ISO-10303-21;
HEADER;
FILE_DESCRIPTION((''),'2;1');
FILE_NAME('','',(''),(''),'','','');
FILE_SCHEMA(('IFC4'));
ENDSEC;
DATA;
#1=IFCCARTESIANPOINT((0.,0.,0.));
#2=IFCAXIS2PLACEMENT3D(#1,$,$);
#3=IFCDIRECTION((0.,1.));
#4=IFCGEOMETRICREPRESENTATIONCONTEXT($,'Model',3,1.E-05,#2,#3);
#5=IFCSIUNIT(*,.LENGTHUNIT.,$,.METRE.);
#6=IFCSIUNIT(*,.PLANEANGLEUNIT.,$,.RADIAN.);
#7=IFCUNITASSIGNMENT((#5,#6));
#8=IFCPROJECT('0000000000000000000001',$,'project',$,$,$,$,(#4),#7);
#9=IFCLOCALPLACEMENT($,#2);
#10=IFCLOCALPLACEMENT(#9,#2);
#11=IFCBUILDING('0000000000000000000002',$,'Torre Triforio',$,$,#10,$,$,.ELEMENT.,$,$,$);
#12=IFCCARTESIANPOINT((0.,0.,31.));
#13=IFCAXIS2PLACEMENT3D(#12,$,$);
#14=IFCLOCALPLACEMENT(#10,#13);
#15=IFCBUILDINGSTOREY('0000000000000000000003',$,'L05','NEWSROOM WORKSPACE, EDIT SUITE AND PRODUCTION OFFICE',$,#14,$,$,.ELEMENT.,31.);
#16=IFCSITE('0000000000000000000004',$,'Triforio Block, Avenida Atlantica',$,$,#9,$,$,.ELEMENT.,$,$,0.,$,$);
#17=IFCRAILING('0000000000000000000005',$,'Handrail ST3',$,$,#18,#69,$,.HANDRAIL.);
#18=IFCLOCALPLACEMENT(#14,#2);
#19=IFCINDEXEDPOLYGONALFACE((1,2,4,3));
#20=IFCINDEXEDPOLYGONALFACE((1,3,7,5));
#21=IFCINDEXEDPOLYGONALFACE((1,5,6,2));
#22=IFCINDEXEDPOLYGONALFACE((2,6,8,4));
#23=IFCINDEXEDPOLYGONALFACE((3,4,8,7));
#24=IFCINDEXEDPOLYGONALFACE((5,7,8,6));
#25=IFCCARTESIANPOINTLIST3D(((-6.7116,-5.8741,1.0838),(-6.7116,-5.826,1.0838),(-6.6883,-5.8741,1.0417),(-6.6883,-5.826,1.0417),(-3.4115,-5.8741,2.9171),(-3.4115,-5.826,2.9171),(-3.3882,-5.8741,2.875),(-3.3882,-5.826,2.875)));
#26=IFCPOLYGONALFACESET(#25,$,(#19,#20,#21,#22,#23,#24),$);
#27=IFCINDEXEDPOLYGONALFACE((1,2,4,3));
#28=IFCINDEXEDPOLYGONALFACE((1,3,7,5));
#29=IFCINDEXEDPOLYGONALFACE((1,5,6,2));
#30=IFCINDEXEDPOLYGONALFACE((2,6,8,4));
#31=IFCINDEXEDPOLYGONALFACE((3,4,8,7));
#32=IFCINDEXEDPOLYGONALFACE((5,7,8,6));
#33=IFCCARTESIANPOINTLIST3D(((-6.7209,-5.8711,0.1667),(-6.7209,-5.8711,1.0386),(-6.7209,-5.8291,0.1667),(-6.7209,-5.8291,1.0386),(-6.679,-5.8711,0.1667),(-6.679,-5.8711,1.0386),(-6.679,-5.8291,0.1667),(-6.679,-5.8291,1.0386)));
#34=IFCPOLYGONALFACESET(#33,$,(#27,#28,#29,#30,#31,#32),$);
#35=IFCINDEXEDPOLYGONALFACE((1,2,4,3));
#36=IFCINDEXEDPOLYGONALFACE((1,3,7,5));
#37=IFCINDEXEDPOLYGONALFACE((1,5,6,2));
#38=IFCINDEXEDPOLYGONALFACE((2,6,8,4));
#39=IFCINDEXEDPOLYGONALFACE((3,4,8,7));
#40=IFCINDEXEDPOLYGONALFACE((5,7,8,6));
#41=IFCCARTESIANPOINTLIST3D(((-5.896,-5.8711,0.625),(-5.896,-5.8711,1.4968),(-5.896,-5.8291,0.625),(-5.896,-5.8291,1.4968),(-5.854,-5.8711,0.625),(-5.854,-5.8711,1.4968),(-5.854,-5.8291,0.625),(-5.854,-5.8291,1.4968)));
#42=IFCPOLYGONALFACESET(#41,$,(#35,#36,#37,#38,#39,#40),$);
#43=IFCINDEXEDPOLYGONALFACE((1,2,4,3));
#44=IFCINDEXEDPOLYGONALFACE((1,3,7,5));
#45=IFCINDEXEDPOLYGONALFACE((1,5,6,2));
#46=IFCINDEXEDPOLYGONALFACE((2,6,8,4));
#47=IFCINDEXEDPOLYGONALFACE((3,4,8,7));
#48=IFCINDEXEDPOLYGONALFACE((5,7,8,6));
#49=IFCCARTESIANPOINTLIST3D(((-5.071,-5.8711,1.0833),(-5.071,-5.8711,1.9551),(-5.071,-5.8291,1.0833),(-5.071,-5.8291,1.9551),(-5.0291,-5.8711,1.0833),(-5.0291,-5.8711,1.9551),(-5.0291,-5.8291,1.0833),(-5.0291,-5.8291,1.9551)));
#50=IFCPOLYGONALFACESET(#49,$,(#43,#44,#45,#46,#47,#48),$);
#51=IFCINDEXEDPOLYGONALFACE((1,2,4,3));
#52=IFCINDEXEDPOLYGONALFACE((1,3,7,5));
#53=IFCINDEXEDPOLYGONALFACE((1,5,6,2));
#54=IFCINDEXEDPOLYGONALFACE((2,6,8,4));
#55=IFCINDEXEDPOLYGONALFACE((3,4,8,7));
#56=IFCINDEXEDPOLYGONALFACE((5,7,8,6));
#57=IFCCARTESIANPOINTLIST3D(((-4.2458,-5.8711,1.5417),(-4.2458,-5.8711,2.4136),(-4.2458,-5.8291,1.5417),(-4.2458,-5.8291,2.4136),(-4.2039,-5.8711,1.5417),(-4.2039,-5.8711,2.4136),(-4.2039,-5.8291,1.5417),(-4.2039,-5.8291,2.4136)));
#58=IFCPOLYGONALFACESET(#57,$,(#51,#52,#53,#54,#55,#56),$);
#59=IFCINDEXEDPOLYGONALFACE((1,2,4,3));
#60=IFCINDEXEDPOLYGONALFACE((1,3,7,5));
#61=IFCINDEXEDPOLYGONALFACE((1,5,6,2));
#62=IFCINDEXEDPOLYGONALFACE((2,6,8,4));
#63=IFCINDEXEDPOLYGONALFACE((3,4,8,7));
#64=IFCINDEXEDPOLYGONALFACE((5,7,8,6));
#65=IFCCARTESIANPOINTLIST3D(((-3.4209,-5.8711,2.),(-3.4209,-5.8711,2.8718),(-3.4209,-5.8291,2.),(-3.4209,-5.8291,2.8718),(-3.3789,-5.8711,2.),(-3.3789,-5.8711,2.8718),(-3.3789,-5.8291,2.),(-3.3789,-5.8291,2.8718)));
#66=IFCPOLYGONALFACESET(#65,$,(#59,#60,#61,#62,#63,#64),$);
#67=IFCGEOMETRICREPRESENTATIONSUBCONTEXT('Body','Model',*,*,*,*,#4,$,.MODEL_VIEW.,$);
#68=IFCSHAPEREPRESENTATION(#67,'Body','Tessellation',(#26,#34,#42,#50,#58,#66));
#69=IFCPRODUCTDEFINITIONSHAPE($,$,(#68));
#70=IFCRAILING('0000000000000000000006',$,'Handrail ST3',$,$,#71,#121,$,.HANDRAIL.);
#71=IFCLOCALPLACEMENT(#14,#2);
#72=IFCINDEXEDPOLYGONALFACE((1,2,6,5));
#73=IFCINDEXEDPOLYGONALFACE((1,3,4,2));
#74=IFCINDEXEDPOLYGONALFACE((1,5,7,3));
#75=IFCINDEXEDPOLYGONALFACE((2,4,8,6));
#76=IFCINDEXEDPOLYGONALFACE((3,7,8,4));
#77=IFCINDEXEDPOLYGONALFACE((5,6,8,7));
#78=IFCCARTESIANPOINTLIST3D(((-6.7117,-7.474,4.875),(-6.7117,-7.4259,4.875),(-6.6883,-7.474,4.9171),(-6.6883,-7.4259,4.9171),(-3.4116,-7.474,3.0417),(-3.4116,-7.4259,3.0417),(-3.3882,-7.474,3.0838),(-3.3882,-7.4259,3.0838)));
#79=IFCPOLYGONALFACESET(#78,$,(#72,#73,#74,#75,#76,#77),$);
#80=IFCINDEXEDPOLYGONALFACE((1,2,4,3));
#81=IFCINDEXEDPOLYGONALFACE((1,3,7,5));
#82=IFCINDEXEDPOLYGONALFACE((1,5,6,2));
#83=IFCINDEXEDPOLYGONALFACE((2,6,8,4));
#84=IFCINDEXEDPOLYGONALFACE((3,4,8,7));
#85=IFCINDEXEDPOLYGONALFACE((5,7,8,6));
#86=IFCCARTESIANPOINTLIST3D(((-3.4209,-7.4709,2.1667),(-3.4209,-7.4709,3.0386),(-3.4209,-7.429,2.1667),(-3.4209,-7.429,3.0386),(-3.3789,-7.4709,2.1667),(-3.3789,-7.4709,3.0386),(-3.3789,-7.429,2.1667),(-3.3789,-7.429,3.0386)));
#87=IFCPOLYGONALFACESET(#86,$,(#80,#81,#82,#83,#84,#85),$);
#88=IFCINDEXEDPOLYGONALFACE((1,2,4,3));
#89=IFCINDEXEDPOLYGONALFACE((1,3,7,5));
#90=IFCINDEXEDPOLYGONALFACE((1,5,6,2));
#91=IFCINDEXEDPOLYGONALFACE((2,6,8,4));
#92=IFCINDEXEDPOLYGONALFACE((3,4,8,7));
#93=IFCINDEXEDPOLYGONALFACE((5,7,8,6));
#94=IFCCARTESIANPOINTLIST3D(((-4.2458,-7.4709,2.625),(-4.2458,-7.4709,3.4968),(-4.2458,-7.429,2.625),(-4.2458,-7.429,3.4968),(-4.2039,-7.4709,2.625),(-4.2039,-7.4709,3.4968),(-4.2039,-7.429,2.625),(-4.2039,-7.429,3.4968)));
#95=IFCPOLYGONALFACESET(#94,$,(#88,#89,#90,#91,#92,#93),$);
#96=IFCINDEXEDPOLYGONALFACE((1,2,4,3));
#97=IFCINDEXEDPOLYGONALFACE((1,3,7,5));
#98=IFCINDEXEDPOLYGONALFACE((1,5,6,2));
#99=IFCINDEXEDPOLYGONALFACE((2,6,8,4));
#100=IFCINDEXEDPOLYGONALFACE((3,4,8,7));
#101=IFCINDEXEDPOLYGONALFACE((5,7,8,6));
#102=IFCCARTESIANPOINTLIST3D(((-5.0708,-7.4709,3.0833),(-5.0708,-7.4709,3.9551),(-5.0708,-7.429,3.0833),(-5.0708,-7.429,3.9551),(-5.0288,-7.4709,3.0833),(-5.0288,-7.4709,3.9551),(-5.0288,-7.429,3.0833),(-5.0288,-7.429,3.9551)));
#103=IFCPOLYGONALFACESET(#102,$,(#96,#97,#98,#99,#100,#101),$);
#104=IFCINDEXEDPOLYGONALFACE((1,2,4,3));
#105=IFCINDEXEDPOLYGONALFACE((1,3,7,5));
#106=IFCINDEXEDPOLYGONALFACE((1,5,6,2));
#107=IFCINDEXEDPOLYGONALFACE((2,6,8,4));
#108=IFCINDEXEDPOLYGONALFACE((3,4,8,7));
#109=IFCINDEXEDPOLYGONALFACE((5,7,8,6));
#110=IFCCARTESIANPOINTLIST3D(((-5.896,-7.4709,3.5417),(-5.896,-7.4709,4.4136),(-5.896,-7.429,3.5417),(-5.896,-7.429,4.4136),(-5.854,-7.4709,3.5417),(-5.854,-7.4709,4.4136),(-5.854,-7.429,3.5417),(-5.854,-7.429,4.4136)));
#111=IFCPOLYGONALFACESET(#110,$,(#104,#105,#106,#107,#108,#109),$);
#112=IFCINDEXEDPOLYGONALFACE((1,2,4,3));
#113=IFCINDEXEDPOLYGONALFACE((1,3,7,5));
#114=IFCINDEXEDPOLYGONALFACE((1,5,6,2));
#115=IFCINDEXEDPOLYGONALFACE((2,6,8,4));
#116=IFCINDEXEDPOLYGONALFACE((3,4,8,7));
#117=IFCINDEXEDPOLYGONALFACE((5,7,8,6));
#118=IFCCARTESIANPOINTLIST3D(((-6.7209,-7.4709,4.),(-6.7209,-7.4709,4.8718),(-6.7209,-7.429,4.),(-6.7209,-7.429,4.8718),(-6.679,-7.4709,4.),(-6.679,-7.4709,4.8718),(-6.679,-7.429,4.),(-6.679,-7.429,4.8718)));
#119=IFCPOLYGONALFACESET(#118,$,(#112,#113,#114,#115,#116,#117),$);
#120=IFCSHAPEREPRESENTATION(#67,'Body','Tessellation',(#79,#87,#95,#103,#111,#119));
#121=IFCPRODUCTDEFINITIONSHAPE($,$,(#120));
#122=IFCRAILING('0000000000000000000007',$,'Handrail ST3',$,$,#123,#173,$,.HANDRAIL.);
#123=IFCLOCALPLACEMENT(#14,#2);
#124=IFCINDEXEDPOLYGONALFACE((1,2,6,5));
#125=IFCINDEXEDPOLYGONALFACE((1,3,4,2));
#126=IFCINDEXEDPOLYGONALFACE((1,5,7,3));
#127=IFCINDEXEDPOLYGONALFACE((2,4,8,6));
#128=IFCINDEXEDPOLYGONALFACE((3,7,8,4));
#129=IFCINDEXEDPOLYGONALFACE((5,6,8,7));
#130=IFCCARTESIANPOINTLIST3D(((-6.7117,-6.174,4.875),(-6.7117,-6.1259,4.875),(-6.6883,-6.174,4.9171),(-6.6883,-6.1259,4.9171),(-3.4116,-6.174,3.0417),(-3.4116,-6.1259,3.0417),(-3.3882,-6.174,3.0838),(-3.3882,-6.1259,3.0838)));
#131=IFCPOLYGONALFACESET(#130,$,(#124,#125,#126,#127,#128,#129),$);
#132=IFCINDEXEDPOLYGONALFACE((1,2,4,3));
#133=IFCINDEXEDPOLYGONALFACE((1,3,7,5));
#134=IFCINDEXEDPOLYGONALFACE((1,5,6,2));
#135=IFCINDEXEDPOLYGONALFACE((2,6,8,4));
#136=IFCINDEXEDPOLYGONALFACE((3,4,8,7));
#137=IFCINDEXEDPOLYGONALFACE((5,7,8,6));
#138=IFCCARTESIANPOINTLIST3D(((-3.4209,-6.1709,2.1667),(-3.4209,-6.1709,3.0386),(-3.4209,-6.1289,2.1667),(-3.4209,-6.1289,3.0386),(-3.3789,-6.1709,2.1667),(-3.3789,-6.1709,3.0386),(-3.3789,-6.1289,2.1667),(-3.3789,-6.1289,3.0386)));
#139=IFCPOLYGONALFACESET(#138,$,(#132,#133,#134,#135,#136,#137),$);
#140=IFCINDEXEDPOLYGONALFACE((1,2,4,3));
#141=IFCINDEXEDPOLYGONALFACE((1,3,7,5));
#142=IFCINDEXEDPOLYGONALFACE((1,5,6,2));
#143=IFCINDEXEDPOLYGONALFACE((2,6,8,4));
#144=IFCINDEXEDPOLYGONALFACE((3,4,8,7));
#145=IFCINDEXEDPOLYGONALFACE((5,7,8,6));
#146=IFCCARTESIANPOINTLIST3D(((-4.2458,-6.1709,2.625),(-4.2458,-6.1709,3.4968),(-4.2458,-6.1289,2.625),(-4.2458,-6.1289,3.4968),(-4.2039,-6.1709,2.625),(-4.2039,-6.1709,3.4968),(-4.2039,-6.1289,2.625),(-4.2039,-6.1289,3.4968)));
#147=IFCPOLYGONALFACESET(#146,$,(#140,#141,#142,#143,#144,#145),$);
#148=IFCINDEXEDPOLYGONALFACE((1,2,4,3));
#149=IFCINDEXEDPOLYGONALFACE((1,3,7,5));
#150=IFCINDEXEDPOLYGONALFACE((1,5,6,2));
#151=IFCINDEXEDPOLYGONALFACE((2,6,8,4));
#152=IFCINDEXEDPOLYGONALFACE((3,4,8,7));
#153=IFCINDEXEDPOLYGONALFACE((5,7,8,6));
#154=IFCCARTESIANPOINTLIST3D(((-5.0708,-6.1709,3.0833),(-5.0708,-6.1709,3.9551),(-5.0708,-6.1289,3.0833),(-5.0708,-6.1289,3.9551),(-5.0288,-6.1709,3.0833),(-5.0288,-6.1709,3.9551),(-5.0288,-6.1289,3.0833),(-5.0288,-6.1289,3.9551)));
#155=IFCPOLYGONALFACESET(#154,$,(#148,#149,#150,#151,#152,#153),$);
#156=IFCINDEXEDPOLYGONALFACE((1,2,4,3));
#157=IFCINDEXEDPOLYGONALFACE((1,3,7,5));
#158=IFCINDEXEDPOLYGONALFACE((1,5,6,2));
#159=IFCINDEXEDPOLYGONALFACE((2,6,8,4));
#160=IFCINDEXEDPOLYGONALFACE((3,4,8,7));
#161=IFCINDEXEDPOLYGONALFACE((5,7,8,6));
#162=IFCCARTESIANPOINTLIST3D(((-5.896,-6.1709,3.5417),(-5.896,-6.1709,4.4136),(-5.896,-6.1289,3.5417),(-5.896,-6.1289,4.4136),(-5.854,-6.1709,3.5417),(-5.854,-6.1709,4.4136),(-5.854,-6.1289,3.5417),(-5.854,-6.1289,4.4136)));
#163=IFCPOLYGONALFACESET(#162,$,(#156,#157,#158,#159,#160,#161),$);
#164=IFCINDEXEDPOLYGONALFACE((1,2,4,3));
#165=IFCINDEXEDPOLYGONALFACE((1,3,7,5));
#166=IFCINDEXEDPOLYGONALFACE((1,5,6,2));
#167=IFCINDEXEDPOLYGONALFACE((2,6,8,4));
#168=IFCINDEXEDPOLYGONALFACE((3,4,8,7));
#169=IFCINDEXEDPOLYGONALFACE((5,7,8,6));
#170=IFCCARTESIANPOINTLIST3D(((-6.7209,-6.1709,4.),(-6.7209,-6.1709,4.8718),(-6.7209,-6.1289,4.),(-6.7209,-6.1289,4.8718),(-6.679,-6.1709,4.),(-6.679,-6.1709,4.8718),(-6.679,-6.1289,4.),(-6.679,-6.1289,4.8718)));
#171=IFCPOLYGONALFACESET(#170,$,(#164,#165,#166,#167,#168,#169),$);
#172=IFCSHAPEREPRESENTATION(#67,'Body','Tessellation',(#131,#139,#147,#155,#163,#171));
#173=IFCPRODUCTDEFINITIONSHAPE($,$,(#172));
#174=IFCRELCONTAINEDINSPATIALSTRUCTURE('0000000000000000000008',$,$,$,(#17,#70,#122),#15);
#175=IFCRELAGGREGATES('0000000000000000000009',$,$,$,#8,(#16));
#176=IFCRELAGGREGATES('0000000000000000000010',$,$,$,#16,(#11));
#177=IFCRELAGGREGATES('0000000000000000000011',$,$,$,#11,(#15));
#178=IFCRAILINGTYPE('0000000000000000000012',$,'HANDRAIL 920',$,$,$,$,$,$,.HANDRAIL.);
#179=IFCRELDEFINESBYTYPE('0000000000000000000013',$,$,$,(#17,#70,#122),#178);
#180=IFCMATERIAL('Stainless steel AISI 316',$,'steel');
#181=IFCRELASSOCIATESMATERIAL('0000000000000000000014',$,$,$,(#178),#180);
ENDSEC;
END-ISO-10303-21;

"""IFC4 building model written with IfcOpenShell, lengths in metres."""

from ifc_helpers import new_model, si_unit, direction, frame, origin, origin_2d, place, context, subcontext, project, spatial, rectangle, extrude, material, type_object, element, save


model = new_model("IFC4")

# Units and contexts
model_context = context("Model", 3, precision=1e-05, world=origin(), true_north=direction((0.0, 1.0)))
body_context = subcontext(model_context, "Body", "Model", "MODEL_VIEW")
ifc_project = project(units=[si_unit("LENGTHUNIT", "METRE"), si_unit("PLANEANGLEUNIT", "RADIAN")], contexts=[model_context])

# Site, building, storey
site_placement = place(None, origin())
site = spatial("IfcSite", under=ifc_project, at=site_placement, Name="Triforio Block, Avenida Atlantica", CompositionType="ELEMENT", RefElevation=0.0)
building_placement = place(site_placement, origin())
building = spatial("IfcBuilding", under=site, at=building_placement, Name="Torre Triforio", CompositionType="ELEMENT")
storey_placement = place(building_placement, frame((0.0, 0.0, 31.0)))
storey = spatial("IfcBuildingStorey", under=building, at=storey_placement, Name="L05", Description="NEWSROOM WORKSPACE, EDIT SUITE AND PRODUCTION OFFICE", CompositionType="ELEMENT", Elevation=31.0)

# Railings
ifc_material_1 = material(Name="Stainless steel AISI 316", Category="steel")
railing_type = type_object("IfcRailingType", Name="HANDRAIL 920", PredefinedType="HANDRAIL", material=ifc_material_1)
for number, where, name in (
    (1, (-6.7, -5.8501, 0.1667), "Handrail ST3"),
):
    element("IfcRailing", number, at=place(storey_placement, frame(where)), inside=storey, type_object=railing_type, Name=name, PredefinedType="HANDRAIL", context=body_context, shape_type="SweptSolid", body=[
        extrude(rectangle(XDim=0.0481, YDim=0.0481, at=origin_2d()), frame((0.0, 0.0, 0.896), z_axis=(0.874169, 0.0, 0.485621), x_axis=(0.0, 1.0, 0.0)), (0.0, 0.0, 1.0), 3.7751),
        extrude(rectangle(XDim=0.042, YDim=0.042, at=origin_2d()), origin(), (0.0, 0.0, 1.0), 0.8718),
        extrude(rectangle(XDim=0.042, YDim=0.042, at=origin_2d()), frame((0.825, 0.0, 0.4583)), (0.0, 0.0, 1.0), 0.8718),
        extrude(rectangle(XDim=0.042, YDim=0.042, at=origin_2d()), frame((1.6499, 0.0, 0.9165)), (0.0, 0.0, 1.0), 0.8718),
        extrude(rectangle(XDim=0.042, YDim=0.042, at=origin_2d()), frame((2.4751, 0.0, 1.375)), (0.0, 0.0, 1.0), 0.8718),
        extrude(rectangle(XDim=0.042, YDim=0.042, at=origin_2d()), frame((3.3, 0.0, 1.8333)), (0.0, 0.0, 1.0), 0.8718),
    ])
for number, where, name in (
    (2, (-3.3999, -7.45, 2.1667), "Handrail ST3"),
    (3, (-3.3999, -6.1499, 2.1667), "Handrail ST3"),
):
    element("IfcRailing", number, at=place(storey_placement, frame(where)), inside=storey, type_object=railing_type, Name=name, PredefinedType="HANDRAIL", context=body_context, shape_type="SweptSolid", body=[
        extrude(rectangle(XDim=0.0481, YDim=0.0481, at=origin_2d()), frame((0.0, 0.0, 0.896), z_axis=(-0.874169, 0.0, 0.485621), x_axis=(0.0, -1.0, 0.0)), (0.0, 0.0, 1.0), 3.7751),
        extrude(rectangle(XDim=0.042, YDim=0.042, at=origin_2d()), origin(), (0.0, 0.0, 1.0), 0.8718),
        extrude(rectangle(XDim=0.042, YDim=0.042, at=origin_2d()), frame((-0.825, 0.0, 0.4583)), (0.0, 0.0, 1.0), 0.8718),
        extrude(rectangle(XDim=0.042, YDim=0.042, at=origin_2d()), frame((-1.6499, 0.0, 0.9165)), (0.0, 0.0, 1.0), 0.8718),
        extrude(rectangle(XDim=0.042, YDim=0.042, at=origin_2d()), frame((-2.4751, 0.0, 1.375)), (0.0, 0.0, 1.0), 0.8718),
        extrude(rectangle(XDim=0.042, YDim=0.042, at=origin_2d()), frame((-3.3, 0.0, 1.8333)), (0.0, 0.0, 1.0), 0.8718),
    ])

save(model, "model.ifc")
